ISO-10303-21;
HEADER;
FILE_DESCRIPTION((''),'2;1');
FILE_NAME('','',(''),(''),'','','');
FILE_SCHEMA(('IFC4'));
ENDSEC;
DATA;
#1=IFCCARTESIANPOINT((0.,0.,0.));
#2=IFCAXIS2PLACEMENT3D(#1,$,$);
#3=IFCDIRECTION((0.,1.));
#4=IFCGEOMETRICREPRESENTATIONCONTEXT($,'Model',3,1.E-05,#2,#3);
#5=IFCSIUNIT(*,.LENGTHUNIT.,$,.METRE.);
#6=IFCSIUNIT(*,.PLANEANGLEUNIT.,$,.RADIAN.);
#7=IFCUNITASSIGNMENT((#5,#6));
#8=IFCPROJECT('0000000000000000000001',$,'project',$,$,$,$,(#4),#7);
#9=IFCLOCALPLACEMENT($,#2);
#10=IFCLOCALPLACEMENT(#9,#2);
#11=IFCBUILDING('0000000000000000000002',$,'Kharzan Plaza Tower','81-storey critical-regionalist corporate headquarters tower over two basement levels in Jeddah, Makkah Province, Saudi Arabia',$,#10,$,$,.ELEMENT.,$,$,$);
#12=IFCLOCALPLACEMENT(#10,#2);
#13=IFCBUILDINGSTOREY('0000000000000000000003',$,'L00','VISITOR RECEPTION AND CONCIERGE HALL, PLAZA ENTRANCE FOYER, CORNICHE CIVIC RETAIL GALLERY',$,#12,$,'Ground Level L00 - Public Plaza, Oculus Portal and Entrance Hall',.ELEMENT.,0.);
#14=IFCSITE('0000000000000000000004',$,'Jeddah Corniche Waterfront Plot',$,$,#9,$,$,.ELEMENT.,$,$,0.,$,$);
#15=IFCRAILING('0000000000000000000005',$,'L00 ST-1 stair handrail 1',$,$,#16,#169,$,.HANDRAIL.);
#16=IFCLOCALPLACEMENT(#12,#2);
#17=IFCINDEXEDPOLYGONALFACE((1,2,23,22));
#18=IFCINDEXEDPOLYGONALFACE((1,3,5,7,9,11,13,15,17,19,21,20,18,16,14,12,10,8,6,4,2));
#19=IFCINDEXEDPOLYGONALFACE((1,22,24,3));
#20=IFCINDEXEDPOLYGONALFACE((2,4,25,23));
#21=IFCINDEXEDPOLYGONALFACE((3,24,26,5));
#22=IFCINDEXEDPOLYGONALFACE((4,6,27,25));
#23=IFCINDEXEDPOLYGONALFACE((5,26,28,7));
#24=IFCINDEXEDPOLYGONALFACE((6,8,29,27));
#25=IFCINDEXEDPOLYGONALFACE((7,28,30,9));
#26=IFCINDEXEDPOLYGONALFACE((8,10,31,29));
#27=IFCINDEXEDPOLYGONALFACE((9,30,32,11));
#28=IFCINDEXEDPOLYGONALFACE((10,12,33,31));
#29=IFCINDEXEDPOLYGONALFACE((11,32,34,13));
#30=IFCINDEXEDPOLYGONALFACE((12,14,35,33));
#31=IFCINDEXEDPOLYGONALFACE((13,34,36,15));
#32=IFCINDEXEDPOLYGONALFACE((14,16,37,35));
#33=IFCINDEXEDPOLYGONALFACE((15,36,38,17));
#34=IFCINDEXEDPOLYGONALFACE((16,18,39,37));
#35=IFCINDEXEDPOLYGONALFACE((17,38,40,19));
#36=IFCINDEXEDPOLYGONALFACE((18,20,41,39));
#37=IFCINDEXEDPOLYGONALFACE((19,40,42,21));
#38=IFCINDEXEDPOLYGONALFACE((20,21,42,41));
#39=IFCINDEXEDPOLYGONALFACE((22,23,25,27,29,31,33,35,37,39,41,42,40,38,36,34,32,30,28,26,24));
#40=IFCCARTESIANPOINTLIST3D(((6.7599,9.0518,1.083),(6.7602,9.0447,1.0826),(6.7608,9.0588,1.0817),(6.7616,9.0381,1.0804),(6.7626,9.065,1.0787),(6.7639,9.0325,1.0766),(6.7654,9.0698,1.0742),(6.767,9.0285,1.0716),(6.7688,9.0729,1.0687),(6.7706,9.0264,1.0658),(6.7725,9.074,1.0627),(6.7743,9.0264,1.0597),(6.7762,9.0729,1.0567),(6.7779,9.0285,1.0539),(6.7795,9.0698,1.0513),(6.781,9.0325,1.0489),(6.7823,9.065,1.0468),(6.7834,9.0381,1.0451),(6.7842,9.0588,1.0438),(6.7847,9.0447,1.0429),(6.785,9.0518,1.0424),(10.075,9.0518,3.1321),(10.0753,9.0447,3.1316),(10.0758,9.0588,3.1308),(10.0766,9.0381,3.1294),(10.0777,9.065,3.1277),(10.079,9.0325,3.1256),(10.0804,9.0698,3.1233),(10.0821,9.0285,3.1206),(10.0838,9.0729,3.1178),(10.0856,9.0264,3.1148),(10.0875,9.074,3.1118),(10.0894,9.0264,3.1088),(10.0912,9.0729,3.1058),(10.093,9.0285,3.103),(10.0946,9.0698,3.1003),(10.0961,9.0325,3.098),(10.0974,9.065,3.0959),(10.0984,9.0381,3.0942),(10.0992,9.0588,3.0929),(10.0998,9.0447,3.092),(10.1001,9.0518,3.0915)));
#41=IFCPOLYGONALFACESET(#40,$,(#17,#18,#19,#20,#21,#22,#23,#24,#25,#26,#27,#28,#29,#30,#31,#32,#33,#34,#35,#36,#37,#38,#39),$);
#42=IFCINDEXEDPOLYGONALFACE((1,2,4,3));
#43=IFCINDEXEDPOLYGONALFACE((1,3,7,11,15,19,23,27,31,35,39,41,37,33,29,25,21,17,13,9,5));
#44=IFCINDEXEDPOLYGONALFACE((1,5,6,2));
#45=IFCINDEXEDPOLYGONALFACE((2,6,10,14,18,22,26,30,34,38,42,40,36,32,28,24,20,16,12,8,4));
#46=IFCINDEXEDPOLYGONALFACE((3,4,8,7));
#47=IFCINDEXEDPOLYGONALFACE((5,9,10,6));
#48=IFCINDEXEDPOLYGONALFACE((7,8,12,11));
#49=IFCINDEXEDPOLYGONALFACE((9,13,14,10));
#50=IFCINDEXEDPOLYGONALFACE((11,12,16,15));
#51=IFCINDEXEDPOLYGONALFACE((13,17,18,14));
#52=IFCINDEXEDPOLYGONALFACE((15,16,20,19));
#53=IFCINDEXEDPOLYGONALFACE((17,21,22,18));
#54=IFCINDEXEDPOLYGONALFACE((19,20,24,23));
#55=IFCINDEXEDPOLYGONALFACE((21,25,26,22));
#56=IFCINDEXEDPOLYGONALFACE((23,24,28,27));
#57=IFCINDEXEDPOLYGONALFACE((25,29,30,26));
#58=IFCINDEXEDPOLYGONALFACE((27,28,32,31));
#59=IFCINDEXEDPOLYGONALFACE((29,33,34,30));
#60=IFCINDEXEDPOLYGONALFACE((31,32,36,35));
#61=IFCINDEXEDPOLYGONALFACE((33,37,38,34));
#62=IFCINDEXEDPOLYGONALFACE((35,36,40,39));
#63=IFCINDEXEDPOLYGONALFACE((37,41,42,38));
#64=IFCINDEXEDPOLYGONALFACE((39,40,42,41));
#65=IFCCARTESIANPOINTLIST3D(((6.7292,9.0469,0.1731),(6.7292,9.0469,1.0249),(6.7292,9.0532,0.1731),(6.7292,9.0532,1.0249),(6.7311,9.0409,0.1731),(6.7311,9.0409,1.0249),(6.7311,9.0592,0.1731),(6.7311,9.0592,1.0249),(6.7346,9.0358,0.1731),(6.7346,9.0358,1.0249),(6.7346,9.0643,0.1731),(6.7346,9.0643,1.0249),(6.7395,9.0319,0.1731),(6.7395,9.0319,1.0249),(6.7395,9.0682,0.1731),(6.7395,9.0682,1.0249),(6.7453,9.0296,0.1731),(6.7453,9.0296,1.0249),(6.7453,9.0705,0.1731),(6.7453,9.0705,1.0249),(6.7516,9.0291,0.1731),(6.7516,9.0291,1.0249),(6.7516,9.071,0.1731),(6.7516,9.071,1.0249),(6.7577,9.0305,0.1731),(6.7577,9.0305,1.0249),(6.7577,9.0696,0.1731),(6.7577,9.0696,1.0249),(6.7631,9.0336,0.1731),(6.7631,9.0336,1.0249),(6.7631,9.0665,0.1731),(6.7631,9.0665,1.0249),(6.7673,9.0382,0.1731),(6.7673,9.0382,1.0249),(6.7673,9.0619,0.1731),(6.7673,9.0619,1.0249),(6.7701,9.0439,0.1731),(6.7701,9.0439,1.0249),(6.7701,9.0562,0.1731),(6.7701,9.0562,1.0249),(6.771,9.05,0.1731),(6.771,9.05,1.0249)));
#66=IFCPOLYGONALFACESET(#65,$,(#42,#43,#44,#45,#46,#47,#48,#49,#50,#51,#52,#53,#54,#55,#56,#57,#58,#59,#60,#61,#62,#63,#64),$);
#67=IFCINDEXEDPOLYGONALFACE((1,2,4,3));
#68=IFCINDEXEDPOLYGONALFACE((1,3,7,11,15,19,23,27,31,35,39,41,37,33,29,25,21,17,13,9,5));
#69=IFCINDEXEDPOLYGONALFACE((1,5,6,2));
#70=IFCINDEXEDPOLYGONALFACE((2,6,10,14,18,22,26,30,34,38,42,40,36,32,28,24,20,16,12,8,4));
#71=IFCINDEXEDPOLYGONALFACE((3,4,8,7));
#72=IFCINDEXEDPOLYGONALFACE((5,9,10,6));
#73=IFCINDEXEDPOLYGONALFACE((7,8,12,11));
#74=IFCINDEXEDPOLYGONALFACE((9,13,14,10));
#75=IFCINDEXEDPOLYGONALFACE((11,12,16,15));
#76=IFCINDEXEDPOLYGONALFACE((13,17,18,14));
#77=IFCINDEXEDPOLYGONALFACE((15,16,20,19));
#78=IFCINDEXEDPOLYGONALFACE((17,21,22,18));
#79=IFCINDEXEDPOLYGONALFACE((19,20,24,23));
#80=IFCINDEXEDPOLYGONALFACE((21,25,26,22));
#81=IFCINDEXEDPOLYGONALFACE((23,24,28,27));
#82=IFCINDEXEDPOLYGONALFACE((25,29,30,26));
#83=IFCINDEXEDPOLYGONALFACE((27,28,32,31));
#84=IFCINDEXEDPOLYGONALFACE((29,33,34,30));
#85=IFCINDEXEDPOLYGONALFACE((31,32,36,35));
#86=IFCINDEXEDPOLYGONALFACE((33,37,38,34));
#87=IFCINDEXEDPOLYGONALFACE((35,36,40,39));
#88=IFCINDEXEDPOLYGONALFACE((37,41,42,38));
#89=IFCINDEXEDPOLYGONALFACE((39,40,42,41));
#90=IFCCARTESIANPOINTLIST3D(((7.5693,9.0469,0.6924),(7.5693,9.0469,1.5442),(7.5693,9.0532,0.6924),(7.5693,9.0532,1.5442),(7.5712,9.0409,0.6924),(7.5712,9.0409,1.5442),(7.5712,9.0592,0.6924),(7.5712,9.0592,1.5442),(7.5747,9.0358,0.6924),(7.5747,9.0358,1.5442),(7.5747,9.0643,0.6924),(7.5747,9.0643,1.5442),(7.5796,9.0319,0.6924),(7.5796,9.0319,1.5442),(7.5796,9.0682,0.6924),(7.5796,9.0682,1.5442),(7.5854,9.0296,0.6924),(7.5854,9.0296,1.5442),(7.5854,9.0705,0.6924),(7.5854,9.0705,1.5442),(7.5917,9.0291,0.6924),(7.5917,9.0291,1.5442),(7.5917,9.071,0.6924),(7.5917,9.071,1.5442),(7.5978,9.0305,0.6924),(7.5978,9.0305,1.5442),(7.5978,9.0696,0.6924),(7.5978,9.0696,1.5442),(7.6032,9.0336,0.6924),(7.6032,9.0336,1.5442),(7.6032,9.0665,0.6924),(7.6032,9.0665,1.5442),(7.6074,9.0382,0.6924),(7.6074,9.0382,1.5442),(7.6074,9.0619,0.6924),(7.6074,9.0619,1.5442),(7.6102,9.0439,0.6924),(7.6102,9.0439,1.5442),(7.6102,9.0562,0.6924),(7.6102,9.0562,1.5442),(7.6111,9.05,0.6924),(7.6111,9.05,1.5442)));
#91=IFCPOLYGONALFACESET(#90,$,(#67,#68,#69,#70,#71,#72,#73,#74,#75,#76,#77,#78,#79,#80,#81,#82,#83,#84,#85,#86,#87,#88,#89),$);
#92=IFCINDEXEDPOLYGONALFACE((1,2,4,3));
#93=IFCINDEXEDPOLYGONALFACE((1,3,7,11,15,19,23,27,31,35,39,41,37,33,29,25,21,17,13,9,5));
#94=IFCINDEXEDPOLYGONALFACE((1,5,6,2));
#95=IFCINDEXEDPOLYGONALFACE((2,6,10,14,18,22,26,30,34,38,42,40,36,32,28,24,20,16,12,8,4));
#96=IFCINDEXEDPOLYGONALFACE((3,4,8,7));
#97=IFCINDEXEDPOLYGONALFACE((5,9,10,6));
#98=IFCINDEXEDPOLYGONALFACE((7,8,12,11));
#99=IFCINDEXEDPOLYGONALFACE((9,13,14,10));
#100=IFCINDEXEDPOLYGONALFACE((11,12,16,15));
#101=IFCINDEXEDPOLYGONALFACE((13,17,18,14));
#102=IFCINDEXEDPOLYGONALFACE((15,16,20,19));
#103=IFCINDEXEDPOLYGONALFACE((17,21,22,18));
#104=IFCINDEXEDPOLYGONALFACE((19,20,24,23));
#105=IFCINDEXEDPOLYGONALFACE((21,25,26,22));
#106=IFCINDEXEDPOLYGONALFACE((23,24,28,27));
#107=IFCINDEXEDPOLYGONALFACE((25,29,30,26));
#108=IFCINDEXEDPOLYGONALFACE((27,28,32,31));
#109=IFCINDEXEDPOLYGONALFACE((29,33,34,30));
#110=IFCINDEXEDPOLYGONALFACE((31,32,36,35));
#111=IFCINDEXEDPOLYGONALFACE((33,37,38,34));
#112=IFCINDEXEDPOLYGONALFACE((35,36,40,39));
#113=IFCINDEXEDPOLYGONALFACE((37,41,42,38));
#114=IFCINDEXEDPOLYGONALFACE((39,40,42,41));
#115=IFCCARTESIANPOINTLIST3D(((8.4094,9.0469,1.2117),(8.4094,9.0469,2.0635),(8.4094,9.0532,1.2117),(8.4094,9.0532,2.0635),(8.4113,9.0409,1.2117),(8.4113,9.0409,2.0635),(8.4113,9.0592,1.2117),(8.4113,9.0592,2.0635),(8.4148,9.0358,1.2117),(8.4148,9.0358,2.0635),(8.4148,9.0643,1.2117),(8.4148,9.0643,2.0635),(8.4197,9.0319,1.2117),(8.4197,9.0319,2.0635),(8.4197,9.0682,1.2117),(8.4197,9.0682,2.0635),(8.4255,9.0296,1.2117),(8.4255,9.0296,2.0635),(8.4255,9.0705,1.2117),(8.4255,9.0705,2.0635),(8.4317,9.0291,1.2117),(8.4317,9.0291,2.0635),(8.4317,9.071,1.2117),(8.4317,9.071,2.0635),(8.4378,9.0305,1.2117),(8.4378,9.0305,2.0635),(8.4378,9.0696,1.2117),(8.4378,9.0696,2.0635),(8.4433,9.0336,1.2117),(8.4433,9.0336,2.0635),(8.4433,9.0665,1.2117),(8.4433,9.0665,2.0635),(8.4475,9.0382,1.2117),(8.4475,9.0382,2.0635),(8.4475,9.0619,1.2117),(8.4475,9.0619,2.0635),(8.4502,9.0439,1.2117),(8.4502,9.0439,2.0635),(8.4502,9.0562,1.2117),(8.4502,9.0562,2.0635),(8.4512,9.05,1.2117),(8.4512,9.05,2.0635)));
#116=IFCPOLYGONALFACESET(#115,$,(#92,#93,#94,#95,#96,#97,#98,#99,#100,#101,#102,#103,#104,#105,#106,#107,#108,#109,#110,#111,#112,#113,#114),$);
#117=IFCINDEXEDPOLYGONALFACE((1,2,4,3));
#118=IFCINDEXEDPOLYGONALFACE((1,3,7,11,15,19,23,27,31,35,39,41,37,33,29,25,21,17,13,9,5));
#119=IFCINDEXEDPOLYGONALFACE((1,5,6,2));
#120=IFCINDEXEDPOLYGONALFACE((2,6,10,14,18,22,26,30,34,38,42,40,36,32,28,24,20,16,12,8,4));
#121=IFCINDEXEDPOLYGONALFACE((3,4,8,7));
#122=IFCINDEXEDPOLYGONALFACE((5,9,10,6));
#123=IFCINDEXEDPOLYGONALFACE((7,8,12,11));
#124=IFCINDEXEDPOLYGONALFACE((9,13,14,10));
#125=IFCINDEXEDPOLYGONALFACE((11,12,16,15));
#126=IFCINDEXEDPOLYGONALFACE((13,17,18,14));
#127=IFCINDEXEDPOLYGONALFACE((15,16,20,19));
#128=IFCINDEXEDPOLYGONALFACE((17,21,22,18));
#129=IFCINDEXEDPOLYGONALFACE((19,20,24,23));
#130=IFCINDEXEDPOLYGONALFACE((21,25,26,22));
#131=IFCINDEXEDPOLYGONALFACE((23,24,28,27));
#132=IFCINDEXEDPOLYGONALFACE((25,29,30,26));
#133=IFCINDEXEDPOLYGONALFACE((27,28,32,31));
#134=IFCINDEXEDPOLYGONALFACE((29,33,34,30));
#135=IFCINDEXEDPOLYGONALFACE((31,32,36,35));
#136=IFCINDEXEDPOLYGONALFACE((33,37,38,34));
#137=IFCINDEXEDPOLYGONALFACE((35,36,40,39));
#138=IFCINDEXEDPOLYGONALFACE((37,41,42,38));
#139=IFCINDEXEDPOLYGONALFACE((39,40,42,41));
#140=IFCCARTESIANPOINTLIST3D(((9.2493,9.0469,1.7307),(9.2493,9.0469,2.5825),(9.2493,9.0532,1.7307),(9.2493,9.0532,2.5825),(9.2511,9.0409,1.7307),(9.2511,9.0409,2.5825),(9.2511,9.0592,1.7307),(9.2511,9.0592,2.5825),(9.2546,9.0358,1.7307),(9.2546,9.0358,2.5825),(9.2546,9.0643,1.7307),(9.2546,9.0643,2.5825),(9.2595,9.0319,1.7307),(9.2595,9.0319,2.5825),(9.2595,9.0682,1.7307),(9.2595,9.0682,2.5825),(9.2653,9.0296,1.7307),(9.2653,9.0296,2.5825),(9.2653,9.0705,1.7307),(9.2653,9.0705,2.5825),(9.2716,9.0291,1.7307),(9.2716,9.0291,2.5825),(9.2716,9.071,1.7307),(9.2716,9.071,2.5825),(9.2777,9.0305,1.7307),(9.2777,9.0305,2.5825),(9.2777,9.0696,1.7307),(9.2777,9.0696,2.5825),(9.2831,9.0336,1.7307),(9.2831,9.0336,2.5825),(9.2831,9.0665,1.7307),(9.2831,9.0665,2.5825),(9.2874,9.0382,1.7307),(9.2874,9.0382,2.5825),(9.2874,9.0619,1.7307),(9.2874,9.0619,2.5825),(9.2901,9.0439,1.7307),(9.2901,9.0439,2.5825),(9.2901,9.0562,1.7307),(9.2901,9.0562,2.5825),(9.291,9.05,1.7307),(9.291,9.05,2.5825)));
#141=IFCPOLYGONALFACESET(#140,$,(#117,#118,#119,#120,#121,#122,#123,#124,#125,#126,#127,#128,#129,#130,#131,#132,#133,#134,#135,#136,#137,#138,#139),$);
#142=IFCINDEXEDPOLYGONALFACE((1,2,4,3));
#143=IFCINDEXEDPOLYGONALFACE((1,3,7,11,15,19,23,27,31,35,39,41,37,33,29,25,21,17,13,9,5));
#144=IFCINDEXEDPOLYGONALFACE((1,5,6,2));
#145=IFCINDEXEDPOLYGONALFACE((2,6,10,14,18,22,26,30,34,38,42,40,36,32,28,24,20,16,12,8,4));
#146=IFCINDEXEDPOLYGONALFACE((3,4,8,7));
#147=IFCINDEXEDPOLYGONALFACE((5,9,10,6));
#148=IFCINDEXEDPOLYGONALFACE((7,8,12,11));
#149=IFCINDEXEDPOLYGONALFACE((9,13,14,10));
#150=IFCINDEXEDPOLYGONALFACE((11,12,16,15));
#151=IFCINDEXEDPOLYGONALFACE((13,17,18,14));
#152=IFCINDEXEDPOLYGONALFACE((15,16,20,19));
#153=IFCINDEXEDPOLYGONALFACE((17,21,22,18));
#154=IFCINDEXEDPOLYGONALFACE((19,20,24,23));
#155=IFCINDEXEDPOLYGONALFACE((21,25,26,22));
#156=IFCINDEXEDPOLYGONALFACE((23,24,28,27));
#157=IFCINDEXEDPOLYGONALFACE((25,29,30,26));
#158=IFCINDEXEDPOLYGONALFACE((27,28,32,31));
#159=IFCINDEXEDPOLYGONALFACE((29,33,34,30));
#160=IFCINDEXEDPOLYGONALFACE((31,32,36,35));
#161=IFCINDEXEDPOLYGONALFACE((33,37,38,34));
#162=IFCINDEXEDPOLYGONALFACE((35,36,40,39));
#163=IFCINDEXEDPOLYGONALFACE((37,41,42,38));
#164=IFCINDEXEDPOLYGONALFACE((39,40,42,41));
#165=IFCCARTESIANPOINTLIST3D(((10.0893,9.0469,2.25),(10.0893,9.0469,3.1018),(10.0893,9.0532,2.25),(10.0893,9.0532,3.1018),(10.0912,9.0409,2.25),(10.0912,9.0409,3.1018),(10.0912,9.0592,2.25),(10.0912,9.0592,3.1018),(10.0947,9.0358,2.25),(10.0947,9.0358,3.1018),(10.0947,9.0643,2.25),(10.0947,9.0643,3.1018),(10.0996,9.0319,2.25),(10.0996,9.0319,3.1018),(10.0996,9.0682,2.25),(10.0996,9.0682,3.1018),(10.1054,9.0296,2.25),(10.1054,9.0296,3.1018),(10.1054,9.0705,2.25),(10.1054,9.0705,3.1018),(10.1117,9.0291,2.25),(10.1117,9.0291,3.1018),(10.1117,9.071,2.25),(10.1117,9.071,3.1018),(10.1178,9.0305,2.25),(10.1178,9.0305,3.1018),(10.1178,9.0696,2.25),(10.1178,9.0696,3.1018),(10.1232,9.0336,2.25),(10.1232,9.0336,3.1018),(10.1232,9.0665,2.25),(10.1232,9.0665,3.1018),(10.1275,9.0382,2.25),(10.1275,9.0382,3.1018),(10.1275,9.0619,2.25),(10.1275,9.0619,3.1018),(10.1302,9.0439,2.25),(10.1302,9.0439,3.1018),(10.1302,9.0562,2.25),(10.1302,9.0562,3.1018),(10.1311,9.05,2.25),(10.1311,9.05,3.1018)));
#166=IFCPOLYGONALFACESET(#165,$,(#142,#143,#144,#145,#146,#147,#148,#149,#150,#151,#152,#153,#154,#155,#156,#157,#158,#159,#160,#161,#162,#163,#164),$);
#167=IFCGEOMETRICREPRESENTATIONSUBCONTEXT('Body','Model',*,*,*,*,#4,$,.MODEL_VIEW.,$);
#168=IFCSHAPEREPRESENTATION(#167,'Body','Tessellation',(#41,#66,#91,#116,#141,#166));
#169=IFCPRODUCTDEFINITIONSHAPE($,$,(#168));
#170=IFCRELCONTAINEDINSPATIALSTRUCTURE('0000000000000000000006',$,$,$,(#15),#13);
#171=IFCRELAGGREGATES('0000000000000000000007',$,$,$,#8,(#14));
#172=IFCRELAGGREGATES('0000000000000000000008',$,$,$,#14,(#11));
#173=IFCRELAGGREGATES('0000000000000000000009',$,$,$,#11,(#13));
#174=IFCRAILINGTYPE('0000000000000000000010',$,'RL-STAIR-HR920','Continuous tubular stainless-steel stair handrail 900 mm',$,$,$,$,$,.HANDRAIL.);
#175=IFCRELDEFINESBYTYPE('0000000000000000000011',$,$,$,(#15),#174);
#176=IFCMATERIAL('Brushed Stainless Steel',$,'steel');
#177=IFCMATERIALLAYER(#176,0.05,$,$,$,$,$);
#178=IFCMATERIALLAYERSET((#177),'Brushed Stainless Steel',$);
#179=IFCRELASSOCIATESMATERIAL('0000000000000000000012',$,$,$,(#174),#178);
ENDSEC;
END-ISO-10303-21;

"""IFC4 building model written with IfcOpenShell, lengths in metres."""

from ifc_helpers import new_model, si_unit, direction, frame, origin, origin_2d, place, context, subcontext, project, spatial, circle, extrude, source, transform, mapped, material, layer, layer_set, type_object, element, save


model = new_model("IFC4")

# Units and contexts
model_context = context("Model", 3, precision=1e-05, world=origin(), true_north=direction((0.0, 1.0)))
body_context = subcontext(model_context, "Body", "Model", "MODEL_VIEW")
ifc_project = project(units=[si_unit("LENGTHUNIT", "METRE"), si_unit("PLANEANGLEUNIT", "RADIAN")], contexts=[model_context])

# Site, building, storey
site_placement = place(None, origin())
site = spatial("IfcSite", under=ifc_project, at=site_placement, Name="Jeddah Corniche Waterfront Plot", CompositionType="ELEMENT", RefElevation=0.0)
building_placement = place(site_placement, origin())
building = spatial("IfcBuilding", under=site, at=building_placement, Name="Kharzan Plaza Tower", Description="81-storey critical-regionalist corporate headquarters tower over two basement levels in Jeddah, Makkah Province, Saudi Arabia", CompositionType="ELEMENT")
storey_placement = place(building_placement, origin())
storey = spatial("IfcBuildingStorey", under=building, at=storey_placement, Name="L00", Description="VISITOR RECEPTION AND CONCIERGE HALL, PLAZA ENTRANCE FOYER, CORNICHE CIVIC RETAIL GALLERY", LongName="Ground Level L00 - Public Plaza, Oculus Portal and Entrance Hall", CompositionType="ELEMENT", Elevation=0.0)

# Railing
ifc_material_1 = material(Name="Brushed Stainless Steel", Category="steel")
ifc_layer_1 = layer(ifc_material_1, 0.05)
ifc_layer_set_1 = layer_set([ifc_layer_1], Name="Brushed Stainless Steel")
railing_type_1 = type_object("IfcRailingType", Name="RL-STAIR-HR920", Description="Continuous tubular stainless-steel stair handrail 900 mm", PredefinedType="HANDRAIL", material=ifc_layer_set_1)
shared_shape_1 = source(origin(), body_context, "Body", "SweptSolid", [
    extrude(circle(Radius=0.0239, at=origin_2d()), frame((0.0225, 0.0, 0.8896), z_axis=(0.850623, 0.0, 0.525776), x_axis=(0.0, 1.0, 0.0)), (0.0, 0.0, 1.0), 3.8972),
    extrude(circle(Radius=0.021, at=origin_2d()), origin(), (0.0, 0.0, 1.0), 0.8518),
    extrude(circle(Radius=0.021, at=origin_2d()), frame((0.8401, 0.0, 0.5193)), (0.0, 0.0, 1.0), 0.8518),
    extrude(circle(Radius=0.021, at=origin_2d()), frame((1.6802, 0.0, 1.0386)), (0.0, 0.0, 1.0), 0.8518),
    extrude(circle(Radius=0.021, at=origin_2d()), frame((2.52, 0.0, 1.5576)), (0.0, 0.0, 1.0), 0.8518),
    extrude(circle(Radius=0.021, at=origin_2d()), frame((3.3601, 0.0, 2.0769)), (0.0, 0.0, 1.0), 0.8518),
])
railing_1_placement = place(storey_placement, frame((6.75, 9.05, 0.1731)))
element("IfcRailing", 1, at=railing_1_placement, inside=storey, type_object=railing_type_1, Name="L00 ST-1 stair handrail 1", PredefinedType="HANDRAIL", context=body_context, shape_type="MappedRepresentation", body=[
    mapped(shared_shape_1, transform((0.0, 0.0, 0.0), x_axis=(1.0, 0.0, 0.0), y_axis=(0.0, 1.0, 0.0), z_axis=(0.0, 0.0, 1.0))),
])

save(model, "model.ifc")
